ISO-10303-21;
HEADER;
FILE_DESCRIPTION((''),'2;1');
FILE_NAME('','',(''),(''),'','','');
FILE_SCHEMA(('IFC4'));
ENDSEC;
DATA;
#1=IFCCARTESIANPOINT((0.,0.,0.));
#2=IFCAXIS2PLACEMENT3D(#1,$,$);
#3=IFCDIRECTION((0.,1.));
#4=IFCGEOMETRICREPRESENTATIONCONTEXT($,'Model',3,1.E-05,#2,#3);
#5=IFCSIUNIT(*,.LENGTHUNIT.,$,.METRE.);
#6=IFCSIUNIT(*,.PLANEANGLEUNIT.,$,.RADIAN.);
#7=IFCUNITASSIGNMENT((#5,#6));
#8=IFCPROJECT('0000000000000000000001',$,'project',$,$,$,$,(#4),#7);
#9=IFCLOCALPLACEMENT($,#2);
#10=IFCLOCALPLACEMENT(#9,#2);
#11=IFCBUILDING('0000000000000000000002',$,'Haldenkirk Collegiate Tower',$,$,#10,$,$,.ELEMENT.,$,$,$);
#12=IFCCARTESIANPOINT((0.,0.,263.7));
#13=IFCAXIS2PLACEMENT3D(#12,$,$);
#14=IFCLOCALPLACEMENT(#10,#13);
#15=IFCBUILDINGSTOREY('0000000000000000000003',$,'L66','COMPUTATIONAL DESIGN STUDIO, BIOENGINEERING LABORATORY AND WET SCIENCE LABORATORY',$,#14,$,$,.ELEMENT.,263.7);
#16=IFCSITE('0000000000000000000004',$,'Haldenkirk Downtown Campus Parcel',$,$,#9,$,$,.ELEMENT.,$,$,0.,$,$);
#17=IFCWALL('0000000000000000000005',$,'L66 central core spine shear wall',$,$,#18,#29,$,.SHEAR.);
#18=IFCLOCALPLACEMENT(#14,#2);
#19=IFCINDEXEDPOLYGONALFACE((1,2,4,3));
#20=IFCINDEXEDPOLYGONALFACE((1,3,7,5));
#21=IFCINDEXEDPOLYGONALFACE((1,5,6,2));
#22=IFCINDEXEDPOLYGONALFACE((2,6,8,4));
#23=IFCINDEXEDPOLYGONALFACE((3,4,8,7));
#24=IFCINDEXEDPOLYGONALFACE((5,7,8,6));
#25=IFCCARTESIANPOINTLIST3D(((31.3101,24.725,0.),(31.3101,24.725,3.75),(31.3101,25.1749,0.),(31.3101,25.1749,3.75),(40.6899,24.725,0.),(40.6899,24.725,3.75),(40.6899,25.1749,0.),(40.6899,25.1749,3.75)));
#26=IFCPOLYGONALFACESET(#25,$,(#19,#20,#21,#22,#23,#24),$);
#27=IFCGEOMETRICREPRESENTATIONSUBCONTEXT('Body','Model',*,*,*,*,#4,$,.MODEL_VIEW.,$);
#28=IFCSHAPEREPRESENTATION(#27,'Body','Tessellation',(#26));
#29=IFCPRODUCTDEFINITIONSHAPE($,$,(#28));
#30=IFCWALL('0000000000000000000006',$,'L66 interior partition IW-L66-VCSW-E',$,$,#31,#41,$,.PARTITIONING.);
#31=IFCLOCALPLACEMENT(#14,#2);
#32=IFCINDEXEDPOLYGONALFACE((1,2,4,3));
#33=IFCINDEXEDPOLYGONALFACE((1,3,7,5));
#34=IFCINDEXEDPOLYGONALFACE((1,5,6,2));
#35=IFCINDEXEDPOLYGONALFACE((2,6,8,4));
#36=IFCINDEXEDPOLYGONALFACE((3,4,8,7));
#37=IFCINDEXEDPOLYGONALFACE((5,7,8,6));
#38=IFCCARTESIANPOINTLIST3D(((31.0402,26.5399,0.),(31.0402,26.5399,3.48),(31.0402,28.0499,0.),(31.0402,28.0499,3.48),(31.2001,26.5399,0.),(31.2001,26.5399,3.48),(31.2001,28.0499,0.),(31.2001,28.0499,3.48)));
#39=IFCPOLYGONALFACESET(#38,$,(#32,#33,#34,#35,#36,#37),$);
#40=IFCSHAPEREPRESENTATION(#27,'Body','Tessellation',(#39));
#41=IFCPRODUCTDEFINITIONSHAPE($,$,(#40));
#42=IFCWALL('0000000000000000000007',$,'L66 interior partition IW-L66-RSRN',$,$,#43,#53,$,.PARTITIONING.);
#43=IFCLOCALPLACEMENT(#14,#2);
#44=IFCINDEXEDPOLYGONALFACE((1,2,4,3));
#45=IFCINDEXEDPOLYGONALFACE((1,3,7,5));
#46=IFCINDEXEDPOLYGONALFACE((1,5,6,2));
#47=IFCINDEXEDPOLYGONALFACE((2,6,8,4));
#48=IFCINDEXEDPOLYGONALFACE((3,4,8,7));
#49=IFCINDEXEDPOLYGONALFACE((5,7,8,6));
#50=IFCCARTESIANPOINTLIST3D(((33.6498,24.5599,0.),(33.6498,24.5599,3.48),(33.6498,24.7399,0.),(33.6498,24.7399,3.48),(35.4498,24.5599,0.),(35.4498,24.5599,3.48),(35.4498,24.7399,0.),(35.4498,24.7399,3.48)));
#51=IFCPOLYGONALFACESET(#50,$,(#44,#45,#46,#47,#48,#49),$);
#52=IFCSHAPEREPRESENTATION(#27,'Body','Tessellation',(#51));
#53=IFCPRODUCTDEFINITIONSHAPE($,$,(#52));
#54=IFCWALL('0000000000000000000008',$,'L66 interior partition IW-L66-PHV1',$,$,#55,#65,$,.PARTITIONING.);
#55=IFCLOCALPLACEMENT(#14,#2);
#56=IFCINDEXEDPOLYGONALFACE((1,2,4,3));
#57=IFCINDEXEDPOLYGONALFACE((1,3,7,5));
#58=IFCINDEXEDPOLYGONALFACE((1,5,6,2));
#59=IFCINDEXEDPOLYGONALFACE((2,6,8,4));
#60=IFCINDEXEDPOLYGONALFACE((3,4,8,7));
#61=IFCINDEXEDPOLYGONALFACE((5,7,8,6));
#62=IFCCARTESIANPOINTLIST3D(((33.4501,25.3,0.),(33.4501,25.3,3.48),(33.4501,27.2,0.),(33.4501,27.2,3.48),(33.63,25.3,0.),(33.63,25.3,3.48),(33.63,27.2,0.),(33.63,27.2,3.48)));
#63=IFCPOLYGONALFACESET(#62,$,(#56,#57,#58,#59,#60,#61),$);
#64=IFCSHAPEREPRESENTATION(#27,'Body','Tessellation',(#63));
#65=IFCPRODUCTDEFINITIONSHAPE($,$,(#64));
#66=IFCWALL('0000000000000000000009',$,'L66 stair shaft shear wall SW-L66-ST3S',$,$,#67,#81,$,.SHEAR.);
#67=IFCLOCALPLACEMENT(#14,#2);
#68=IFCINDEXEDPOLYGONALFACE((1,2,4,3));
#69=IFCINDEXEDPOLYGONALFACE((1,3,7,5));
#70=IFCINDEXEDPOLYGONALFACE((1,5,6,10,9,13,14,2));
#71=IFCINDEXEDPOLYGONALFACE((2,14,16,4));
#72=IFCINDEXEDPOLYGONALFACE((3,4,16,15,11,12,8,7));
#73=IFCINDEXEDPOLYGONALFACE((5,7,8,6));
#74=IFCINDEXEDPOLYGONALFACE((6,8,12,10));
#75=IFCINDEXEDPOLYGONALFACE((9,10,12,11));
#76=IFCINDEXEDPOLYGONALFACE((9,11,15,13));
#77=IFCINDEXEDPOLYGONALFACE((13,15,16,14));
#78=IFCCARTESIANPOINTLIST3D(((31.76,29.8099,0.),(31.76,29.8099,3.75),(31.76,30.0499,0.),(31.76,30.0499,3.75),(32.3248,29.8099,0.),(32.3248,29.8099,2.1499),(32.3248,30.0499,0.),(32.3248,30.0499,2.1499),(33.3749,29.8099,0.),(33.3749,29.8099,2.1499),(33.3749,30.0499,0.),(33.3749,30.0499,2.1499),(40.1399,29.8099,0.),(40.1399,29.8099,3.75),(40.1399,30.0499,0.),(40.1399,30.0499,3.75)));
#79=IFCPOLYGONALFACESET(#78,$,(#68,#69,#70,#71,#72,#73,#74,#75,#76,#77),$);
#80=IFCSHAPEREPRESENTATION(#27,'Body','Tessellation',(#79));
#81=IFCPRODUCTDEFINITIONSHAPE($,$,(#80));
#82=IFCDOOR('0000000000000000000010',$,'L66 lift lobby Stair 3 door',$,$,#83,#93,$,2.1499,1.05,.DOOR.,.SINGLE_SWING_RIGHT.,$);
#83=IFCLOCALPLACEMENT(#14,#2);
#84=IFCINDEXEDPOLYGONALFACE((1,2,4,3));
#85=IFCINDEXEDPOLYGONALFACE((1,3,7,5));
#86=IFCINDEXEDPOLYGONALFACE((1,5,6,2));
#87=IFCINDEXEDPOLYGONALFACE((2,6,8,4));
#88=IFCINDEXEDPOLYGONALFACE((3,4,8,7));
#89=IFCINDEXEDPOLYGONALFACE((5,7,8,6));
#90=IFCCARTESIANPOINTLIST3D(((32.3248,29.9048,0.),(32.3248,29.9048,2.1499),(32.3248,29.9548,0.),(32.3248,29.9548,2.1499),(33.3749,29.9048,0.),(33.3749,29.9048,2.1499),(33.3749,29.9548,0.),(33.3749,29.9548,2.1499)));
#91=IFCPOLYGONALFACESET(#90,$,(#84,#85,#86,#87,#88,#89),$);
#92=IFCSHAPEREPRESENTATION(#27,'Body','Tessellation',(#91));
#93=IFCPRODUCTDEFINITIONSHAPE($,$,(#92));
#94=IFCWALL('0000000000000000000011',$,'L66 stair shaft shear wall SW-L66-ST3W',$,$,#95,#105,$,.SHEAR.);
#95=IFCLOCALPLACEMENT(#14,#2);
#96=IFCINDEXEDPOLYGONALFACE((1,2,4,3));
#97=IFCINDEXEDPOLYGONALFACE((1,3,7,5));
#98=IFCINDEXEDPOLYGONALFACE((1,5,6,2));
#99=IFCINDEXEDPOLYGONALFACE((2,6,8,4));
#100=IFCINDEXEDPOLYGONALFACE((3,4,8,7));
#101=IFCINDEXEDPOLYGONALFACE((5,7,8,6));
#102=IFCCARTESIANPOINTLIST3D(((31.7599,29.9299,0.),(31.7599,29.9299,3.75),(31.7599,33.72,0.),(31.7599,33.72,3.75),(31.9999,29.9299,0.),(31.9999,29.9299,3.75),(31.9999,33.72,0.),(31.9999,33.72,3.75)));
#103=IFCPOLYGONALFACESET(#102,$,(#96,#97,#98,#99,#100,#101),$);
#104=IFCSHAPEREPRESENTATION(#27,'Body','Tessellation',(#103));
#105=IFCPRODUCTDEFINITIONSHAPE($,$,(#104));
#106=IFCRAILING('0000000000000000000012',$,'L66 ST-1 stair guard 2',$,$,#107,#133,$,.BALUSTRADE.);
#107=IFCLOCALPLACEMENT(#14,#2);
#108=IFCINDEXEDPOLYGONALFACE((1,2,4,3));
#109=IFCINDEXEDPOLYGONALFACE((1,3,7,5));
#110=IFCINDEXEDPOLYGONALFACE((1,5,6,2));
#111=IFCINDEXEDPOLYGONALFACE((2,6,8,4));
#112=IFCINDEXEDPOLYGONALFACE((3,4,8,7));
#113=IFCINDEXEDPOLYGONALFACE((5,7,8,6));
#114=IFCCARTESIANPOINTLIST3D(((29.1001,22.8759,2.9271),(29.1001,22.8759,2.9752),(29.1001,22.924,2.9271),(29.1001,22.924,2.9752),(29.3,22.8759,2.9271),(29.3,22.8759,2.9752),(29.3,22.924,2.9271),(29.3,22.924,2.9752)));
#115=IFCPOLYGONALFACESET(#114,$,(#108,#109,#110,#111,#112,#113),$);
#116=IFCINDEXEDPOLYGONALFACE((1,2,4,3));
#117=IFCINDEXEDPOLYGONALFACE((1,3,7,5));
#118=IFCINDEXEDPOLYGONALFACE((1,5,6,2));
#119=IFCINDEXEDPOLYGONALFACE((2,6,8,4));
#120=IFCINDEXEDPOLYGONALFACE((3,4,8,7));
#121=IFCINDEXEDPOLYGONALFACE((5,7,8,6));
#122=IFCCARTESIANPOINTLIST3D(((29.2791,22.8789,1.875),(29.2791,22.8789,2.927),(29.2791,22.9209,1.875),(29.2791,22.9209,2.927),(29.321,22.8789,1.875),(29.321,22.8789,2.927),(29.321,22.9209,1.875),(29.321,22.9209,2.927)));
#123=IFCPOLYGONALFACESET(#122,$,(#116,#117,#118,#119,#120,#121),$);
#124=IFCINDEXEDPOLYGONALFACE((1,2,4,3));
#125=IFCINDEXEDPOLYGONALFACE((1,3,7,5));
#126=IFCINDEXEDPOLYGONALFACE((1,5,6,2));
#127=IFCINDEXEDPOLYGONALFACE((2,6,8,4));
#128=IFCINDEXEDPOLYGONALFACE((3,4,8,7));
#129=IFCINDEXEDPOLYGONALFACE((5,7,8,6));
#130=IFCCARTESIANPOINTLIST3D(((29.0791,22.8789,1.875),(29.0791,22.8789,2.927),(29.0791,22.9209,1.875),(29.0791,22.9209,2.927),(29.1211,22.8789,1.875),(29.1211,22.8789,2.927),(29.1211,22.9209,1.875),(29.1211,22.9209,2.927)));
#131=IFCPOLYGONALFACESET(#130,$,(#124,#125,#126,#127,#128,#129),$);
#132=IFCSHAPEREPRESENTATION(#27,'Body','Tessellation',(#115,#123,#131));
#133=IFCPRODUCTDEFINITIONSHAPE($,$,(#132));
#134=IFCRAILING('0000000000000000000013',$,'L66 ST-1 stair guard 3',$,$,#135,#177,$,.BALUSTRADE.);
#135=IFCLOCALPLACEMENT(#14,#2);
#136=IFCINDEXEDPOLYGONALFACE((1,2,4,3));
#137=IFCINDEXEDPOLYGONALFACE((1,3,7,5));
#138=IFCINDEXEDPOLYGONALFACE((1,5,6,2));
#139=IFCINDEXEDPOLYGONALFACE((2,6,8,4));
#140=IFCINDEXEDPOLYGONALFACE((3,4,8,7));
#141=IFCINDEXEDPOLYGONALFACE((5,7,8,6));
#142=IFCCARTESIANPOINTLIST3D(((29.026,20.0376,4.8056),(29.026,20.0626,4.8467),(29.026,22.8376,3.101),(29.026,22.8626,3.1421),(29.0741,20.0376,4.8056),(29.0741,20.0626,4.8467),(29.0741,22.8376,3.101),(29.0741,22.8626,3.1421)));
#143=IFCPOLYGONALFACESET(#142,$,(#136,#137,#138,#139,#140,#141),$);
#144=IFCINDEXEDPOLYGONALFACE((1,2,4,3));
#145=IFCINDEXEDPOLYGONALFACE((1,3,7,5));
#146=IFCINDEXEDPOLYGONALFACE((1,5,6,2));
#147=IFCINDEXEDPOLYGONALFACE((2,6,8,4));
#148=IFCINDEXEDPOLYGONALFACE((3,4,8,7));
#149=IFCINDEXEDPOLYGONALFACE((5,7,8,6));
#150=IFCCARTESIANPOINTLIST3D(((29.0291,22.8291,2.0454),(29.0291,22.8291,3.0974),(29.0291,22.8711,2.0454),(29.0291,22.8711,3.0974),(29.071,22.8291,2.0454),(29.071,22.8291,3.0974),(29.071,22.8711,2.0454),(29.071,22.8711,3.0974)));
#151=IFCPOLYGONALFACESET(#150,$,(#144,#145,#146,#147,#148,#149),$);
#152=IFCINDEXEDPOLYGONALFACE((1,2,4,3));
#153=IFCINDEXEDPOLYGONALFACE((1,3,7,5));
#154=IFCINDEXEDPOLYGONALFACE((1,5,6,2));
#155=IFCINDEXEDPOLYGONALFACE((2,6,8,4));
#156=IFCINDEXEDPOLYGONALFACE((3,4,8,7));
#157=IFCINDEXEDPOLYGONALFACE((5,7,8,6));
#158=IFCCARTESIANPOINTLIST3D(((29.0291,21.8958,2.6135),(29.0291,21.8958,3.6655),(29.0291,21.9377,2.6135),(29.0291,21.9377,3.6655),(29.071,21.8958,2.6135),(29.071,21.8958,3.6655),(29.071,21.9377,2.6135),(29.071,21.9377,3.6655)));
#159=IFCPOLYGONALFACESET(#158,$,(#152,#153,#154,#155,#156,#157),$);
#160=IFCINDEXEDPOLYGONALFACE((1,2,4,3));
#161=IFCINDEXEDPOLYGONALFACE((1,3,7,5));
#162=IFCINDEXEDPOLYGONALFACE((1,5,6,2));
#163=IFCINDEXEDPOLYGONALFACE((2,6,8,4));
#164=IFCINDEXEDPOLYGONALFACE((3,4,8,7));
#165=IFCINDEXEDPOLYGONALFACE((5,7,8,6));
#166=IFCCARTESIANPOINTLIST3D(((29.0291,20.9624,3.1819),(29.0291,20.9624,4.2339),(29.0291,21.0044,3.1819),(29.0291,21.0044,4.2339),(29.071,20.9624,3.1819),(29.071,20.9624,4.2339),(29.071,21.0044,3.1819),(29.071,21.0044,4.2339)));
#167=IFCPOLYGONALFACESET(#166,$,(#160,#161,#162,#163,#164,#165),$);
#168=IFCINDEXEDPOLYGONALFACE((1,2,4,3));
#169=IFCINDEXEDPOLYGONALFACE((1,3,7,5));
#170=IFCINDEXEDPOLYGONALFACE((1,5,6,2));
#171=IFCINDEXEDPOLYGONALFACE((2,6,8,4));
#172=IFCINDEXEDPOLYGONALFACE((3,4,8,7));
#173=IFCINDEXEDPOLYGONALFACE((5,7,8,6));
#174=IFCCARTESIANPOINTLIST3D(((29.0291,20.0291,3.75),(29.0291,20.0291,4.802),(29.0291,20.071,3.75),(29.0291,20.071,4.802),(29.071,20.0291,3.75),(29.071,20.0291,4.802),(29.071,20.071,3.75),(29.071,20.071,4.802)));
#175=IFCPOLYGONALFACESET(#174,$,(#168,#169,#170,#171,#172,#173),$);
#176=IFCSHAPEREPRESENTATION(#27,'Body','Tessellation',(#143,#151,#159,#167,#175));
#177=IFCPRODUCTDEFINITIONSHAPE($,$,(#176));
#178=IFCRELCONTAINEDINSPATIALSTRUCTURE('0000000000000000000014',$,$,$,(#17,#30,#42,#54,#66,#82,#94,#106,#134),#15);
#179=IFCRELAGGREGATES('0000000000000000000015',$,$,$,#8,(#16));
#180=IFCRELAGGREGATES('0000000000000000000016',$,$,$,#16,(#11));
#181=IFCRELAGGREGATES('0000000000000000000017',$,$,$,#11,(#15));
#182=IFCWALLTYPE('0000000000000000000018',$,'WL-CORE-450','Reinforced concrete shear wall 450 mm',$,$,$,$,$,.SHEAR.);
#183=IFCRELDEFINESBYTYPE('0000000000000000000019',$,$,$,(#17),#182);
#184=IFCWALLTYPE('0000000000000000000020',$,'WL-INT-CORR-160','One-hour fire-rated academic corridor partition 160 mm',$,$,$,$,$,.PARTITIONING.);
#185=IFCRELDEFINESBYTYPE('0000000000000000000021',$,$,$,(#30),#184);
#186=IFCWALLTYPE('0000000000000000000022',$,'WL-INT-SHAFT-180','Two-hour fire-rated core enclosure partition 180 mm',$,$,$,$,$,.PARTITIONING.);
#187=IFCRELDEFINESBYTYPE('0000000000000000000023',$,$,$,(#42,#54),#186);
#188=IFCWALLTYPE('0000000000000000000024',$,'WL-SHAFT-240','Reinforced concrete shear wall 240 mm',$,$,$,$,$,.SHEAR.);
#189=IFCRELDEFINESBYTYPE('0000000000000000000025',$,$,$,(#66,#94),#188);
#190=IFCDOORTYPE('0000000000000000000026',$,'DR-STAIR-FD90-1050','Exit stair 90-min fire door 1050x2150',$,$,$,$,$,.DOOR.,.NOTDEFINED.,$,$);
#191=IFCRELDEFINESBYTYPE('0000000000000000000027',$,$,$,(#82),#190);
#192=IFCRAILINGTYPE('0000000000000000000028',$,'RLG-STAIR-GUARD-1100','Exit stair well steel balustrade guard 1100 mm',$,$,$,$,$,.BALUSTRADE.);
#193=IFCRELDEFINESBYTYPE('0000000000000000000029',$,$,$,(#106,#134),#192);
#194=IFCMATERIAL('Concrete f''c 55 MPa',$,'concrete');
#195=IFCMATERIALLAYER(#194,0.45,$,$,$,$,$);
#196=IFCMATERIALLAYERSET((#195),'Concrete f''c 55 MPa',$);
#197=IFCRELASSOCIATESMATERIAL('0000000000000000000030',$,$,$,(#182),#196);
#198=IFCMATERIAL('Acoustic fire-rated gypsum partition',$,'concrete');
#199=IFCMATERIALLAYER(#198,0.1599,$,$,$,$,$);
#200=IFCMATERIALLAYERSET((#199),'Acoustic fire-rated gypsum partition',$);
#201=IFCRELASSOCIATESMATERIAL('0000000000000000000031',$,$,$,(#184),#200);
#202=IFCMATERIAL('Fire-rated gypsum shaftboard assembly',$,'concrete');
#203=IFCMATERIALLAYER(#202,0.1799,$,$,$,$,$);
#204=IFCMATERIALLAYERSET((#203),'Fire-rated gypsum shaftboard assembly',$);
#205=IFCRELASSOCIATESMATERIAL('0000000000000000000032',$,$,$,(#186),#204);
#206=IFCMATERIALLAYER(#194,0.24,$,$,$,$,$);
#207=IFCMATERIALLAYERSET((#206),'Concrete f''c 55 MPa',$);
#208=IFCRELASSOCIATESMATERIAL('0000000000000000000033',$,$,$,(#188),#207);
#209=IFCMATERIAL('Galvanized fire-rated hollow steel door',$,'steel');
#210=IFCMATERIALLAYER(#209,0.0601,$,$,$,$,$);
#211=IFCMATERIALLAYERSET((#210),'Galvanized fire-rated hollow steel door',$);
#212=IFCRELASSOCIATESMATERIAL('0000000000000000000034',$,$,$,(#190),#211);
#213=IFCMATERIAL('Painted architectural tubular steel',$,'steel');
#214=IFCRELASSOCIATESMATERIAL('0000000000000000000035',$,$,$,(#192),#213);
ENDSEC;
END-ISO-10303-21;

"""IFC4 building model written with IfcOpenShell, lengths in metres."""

from ifc_helpers import new_model, si_unit, direction, frame, frame_2d, origin, origin_2d, place, context, subcontext, project, spatial, rectangle, extrude, material, layer, layer_set, type_object, element, fill, save


model = new_model("IFC4")

# Units and contexts
model_context = context("Model", 3, precision=1e-05, world=origin(), true_north=direction((0.0, 1.0)))
body_context = subcontext(model_context, "Body", "Model", "MODEL_VIEW")
ifc_project = project(units=[si_unit("LENGTHUNIT", "METRE"), si_unit("PLANEANGLEUNIT", "RADIAN")], contexts=[model_context])

# Site, building, storey
site_placement = place(None, origin())
site = spatial("IfcSite", under=ifc_project, at=site_placement, Name="Haldenkirk Downtown Campus Parcel", CompositionType="ELEMENT", RefElevation=0.0)
building_placement = place(site_placement, origin())
building = spatial("IfcBuilding", under=site, at=building_placement, Name="Haldenkirk Collegiate Tower", CompositionType="ELEMENT")
storey_placement = place(building_placement, frame((0.0, 0.0, 263.7)))
storey = spatial("IfcBuildingStorey", under=building, at=storey_placement, Name="L66", Description="COMPUTATIONAL DESIGN STUDIO, BIOENGINEERING LABORATORY AND WET SCIENCE LABORATORY", CompositionType="ELEMENT", Elevation=263.7)

# Walls
ifc_material_1 = material(Name="Concrete f'c 55 MPa", Category="concrete")
ifc_layer_1 = layer(ifc_material_1, 0.45)
ifc_layer_set_1 = layer_set([ifc_layer_1], Name="Concrete f'c 55 MPa")
wall_type_1 = type_object("IfcWallType", Name="WL-CORE-450", Description="Reinforced concrete shear wall 450 mm", PredefinedType="SHEAR", material=ifc_layer_set_1)
wall_1_placement = place(storey_placement, frame((31.3101, 24.95, 0.0), z_axis=(0.0, 0.0, 1.0), x_axis=(1.0, 0.0, 0.0)))
element("IfcWall", 1, at=wall_1_placement, inside=storey, type_object=wall_type_1, Name="L66 central core spine shear wall", PredefinedType="SHEAR", context=body_context, shape_type="SweptSolid", body=[
    extrude(rectangle(XDim=9.3799, YDim=0.45, at=frame_2d((4.6899, 0.0))), origin(), (0.0, 0.0, 1.0), 3.75),
])
ifc_material_2 = material(Name="Acoustic fire-rated gypsum partition", Category="concrete")
ifc_layer_2 = layer(ifc_material_2, 0.1599)
ifc_layer_set_2 = layer_set([ifc_layer_2], Name="Acoustic fire-rated gypsum partition")
wall_type_2 = type_object("IfcWallType", Name="WL-INT-CORR-160", Description="One-hour fire-rated academic corridor partition 160 mm", PredefinedType="PARTITIONING", material=ifc_layer_set_2)
wall_2_placement = place(storey_placement, frame((31.1201, 26.54, 0.0), z_axis=(0.0, 0.0, 1.0), x_axis=(0.0, 1.0, 0.0)))
element("IfcWall", 2, at=wall_2_placement, inside=storey, type_object=wall_type_2, Name="L66 interior partition IW-L66-VCSW-E", PredefinedType="PARTITIONING", context=body_context, shape_type="SweptSolid", body=[
    extrude(rectangle(XDim=1.51, YDim=0.1599, at=frame_2d((0.7549, 0.0))), origin(), (0.0, 0.0, 1.0), 3.48),
])
ifc_material_3 = material(Name="Fire-rated gypsum shaftboard assembly", Category="concrete")
ifc_layer_3 = layer(ifc_material_3, 0.1799)
ifc_layer_set_3 = layer_set([ifc_layer_3], Name="Fire-rated gypsum shaftboard assembly")
wall_type_3 = type_object("IfcWallType", Name="WL-INT-SHAFT-180", Description="Two-hour fire-rated core enclosure partition 180 mm", PredefinedType="PARTITIONING", material=ifc_layer_set_3)
wall_3_placement = place(storey_placement, frame((33.6499, 24.6499, 0.0), z_axis=(0.0, 0.0, 1.0), x_axis=(1.0, 0.0, 0.0)))
element("IfcWall", 3, at=wall_3_placement, inside=storey, type_object=wall_type_3, Name="L66 interior partition IW-L66-RSRN", PredefinedType="PARTITIONING", context=body_context, shape_type="SweptSolid", body=[
    extrude(rectangle(XDim=1.8, YDim=0.1799, at=frame_2d((0.8999, 0.0))), origin(), (0.0, 0.0, 1.0), 3.48),
])

# Wall
wall_4_placement = place(storey_placement, frame((33.54, 25.3, 0.0), z_axis=(0.0, 0.0, 1.0), x_axis=(0.0, 1.0, 0.0)))
element("IfcWall", 4, at=wall_4_placement, inside=storey, type_object=wall_type_3, Name="L66 interior partition IW-L66-PHV1", PredefinedType="PARTITIONING", context=body_context, shape_type="SweptSolid", body=[
    extrude(rectangle(XDim=1.8999, YDim=0.1799, at=frame_2d((0.95, 0.0))), origin(), (0.0, 0.0, 1.0), 3.48),
])

# Wall, opening, door
ifc_layer_4 = layer(ifc_material_1, 0.24)
ifc_layer_set_4 = layer_set([ifc_layer_4], Name="Concrete f'c 55 MPa")
wall_type_4 = type_object("IfcWallType", Name="WL-SHAFT-240", Description="Reinforced concrete shear wall 240 mm", PredefinedType="SHEAR", material=ifc_layer_set_4)
wall_5_placement = place(storey_placement, frame((31.76, 29.9299, 0.0), z_axis=(0.0, 0.0, 1.0), x_axis=(1.0, 0.0, 0.0)))
wall_5 = element("IfcWall", 5, at=wall_5_placement, inside=storey, type_object=wall_type_4, Name="L66 stair shaft shear wall SW-L66-ST3S", PredefinedType="SHEAR", context=body_context, shape_type="SweptSolid", body=[
    extrude(rectangle(XDim=8.3799, YDim=0.24, at=frame_2d((4.1899, 0.0))), origin(), (0.0, 0.0, 1.0), 3.75),
])
opening_1_placement = place(wall_5_placement, frame((0.5649, 0.0, 0.0)))
opening_1 = element("IfcOpeningElement", 6, at=opening_1_placement, cuts=wall_5, PredefinedType="OPENING", context=body_context, shape_type="SweptSolid", body=[
    extrude(rectangle(XDim=1.05, YDim=2.1499, at=frame_2d((0.5249, 1.075))), frame((0.0, 0.1299, 0.0), z_axis=(0.0, -1.0, 0.0), x_axis=(1.0, 0.0, 0.0)), (0.0, 0.0, 1.0), 0.26),
])
ifc_material_4 = material(Name="Galvanized fire-rated hollow steel door", Category="steel")
ifc_layer_5 = layer(ifc_material_4, 0.0601)
ifc_layer_set_5 = layer_set([ifc_layer_5], Name="Galvanized fire-rated hollow steel door")
door_type_1 = type_object("IfcDoorType", Name="DR-STAIR-FD90-1050", Description="Exit stair 90-min fire door 1050x2150", OperationType="NOTDEFINED", PredefinedType="DOOR", material=ifc_layer_set_5)
door_1_placement = place(opening_1_placement, origin())
door_1 = element("IfcDoor", 7, at=door_1_placement, inside=storey, type_object=door_type_1, Name="L66 lift lobby Stair 3 door", OperationType="SINGLE_SWING_RIGHT", OverallHeight=2.1499, OverallWidth=1.05, PredefinedType="DOOR", context=body_context, shape_type="SweptSolid", body=[
    extrude(rectangle(XDim=1.05, YDim=2.1499, at=frame_2d((0.5249, 1.075))), frame((0.0, 0.0249, 0.0), z_axis=(0.0, -1.0, 0.0), x_axis=(1.0, 0.0, 0.0)), (0.0, 0.0, 1.0), 0.05),
])
fill(opening_1, door_1)

# Wall
wall_6_placement = place(storey_placement, frame((31.8799, 29.9299, 0.0), z_axis=(0.0, 0.0, 1.0), x_axis=(0.0, 1.0, 0.0)))
element("IfcWall", 8, at=wall_6_placement, inside=storey, type_object=wall_type_4, Name="L66 stair shaft shear wall SW-L66-ST3W", PredefinedType="SHEAR", context=body_context, shape_type="SweptSolid", body=[
    extrude(rectangle(XDim=3.79, YDim=0.24, at=frame_2d((1.895, 0.0))), origin(), (0.0, 0.0, 1.0), 3.75),
])

# Railings
ifc_material_5 = material(Name="Painted architectural tubular steel", Category="steel")
railing_type = type_object("IfcRailingType", Name="RLG-STAIR-GUARD-1100", Description="Exit stair well steel balustrade guard 1100 mm", PredefinedType="BALUSTRADE", material=ifc_material_5)
railing_1_placement = place(storey_placement, frame((29.3, 22.8999, 1.875)))
element("IfcRailing", 9, at=railing_1_placement, inside=storey, type_object=railing_type, Name="L66 ST-1 stair guard 2", PredefinedType="BALUSTRADE", context=body_context, shape_type="SweptSolid", body=[
    extrude(rectangle(XDim=0.0481, YDim=0.0481, at=origin_2d()), frame((0.0, 0.0, 1.0762), z_axis=(-1.0, 0.0, 0.0), x_axis=(0.0, -1.0, 0.0)), (0.0, 0.0, 1.0), 0.2),
    extrude(rectangle(XDim=0.042, YDim=0.042, at=origin_2d()), origin(), (0.0, 0.0, 1.0), 1.052),
    extrude(rectangle(XDim=0.042, YDim=0.042, at=origin_2d()), frame((-0.2, 0.0, 0.0)), (0.0, 0.0, 1.0), 1.052),
])
railing_2_placement = place(storey_placement, frame((29.05, 22.8501, 2.0454)))
element("IfcRailing", 10, at=railing_2_placement, inside=storey, type_object=railing_type, Name="L66 ST-1 stair guard 3", PredefinedType="BALUSTRADE", context=body_context, shape_type="SweptSolid", body=[
    extrude(rectangle(XDim=0.0481, YDim=0.0481, at=origin_2d()), frame((0.0, 0.0, 1.0762), z_axis=(0.0, -0.85417, 0.519994), x_axis=(1.0, 0.0, 0.0)), (0.0, 0.0, 1.0), 3.2781),
    extrude(rectangle(XDim=0.042, YDim=0.042, at=origin_2d()), origin(), (0.0, 0.0, 1.0), 1.052),
    extrude(rectangle(XDim=0.042, YDim=0.042, at=origin_2d()), frame((0.0, -0.9333, 0.5681)), (0.0, 0.0, 1.0), 1.052),
    extrude(rectangle(XDim=0.042, YDim=0.042, at=origin_2d()), frame((0.0, -1.8667, 1.1365)), (0.0, 0.0, 1.0), 1.052),
    extrude(rectangle(XDim=0.042, YDim=0.042, at=origin_2d()), frame((0.0, -2.8, 1.7046)), (0.0, 0.0, 1.0), 1.052),
])

save(model, "model.ifc")
